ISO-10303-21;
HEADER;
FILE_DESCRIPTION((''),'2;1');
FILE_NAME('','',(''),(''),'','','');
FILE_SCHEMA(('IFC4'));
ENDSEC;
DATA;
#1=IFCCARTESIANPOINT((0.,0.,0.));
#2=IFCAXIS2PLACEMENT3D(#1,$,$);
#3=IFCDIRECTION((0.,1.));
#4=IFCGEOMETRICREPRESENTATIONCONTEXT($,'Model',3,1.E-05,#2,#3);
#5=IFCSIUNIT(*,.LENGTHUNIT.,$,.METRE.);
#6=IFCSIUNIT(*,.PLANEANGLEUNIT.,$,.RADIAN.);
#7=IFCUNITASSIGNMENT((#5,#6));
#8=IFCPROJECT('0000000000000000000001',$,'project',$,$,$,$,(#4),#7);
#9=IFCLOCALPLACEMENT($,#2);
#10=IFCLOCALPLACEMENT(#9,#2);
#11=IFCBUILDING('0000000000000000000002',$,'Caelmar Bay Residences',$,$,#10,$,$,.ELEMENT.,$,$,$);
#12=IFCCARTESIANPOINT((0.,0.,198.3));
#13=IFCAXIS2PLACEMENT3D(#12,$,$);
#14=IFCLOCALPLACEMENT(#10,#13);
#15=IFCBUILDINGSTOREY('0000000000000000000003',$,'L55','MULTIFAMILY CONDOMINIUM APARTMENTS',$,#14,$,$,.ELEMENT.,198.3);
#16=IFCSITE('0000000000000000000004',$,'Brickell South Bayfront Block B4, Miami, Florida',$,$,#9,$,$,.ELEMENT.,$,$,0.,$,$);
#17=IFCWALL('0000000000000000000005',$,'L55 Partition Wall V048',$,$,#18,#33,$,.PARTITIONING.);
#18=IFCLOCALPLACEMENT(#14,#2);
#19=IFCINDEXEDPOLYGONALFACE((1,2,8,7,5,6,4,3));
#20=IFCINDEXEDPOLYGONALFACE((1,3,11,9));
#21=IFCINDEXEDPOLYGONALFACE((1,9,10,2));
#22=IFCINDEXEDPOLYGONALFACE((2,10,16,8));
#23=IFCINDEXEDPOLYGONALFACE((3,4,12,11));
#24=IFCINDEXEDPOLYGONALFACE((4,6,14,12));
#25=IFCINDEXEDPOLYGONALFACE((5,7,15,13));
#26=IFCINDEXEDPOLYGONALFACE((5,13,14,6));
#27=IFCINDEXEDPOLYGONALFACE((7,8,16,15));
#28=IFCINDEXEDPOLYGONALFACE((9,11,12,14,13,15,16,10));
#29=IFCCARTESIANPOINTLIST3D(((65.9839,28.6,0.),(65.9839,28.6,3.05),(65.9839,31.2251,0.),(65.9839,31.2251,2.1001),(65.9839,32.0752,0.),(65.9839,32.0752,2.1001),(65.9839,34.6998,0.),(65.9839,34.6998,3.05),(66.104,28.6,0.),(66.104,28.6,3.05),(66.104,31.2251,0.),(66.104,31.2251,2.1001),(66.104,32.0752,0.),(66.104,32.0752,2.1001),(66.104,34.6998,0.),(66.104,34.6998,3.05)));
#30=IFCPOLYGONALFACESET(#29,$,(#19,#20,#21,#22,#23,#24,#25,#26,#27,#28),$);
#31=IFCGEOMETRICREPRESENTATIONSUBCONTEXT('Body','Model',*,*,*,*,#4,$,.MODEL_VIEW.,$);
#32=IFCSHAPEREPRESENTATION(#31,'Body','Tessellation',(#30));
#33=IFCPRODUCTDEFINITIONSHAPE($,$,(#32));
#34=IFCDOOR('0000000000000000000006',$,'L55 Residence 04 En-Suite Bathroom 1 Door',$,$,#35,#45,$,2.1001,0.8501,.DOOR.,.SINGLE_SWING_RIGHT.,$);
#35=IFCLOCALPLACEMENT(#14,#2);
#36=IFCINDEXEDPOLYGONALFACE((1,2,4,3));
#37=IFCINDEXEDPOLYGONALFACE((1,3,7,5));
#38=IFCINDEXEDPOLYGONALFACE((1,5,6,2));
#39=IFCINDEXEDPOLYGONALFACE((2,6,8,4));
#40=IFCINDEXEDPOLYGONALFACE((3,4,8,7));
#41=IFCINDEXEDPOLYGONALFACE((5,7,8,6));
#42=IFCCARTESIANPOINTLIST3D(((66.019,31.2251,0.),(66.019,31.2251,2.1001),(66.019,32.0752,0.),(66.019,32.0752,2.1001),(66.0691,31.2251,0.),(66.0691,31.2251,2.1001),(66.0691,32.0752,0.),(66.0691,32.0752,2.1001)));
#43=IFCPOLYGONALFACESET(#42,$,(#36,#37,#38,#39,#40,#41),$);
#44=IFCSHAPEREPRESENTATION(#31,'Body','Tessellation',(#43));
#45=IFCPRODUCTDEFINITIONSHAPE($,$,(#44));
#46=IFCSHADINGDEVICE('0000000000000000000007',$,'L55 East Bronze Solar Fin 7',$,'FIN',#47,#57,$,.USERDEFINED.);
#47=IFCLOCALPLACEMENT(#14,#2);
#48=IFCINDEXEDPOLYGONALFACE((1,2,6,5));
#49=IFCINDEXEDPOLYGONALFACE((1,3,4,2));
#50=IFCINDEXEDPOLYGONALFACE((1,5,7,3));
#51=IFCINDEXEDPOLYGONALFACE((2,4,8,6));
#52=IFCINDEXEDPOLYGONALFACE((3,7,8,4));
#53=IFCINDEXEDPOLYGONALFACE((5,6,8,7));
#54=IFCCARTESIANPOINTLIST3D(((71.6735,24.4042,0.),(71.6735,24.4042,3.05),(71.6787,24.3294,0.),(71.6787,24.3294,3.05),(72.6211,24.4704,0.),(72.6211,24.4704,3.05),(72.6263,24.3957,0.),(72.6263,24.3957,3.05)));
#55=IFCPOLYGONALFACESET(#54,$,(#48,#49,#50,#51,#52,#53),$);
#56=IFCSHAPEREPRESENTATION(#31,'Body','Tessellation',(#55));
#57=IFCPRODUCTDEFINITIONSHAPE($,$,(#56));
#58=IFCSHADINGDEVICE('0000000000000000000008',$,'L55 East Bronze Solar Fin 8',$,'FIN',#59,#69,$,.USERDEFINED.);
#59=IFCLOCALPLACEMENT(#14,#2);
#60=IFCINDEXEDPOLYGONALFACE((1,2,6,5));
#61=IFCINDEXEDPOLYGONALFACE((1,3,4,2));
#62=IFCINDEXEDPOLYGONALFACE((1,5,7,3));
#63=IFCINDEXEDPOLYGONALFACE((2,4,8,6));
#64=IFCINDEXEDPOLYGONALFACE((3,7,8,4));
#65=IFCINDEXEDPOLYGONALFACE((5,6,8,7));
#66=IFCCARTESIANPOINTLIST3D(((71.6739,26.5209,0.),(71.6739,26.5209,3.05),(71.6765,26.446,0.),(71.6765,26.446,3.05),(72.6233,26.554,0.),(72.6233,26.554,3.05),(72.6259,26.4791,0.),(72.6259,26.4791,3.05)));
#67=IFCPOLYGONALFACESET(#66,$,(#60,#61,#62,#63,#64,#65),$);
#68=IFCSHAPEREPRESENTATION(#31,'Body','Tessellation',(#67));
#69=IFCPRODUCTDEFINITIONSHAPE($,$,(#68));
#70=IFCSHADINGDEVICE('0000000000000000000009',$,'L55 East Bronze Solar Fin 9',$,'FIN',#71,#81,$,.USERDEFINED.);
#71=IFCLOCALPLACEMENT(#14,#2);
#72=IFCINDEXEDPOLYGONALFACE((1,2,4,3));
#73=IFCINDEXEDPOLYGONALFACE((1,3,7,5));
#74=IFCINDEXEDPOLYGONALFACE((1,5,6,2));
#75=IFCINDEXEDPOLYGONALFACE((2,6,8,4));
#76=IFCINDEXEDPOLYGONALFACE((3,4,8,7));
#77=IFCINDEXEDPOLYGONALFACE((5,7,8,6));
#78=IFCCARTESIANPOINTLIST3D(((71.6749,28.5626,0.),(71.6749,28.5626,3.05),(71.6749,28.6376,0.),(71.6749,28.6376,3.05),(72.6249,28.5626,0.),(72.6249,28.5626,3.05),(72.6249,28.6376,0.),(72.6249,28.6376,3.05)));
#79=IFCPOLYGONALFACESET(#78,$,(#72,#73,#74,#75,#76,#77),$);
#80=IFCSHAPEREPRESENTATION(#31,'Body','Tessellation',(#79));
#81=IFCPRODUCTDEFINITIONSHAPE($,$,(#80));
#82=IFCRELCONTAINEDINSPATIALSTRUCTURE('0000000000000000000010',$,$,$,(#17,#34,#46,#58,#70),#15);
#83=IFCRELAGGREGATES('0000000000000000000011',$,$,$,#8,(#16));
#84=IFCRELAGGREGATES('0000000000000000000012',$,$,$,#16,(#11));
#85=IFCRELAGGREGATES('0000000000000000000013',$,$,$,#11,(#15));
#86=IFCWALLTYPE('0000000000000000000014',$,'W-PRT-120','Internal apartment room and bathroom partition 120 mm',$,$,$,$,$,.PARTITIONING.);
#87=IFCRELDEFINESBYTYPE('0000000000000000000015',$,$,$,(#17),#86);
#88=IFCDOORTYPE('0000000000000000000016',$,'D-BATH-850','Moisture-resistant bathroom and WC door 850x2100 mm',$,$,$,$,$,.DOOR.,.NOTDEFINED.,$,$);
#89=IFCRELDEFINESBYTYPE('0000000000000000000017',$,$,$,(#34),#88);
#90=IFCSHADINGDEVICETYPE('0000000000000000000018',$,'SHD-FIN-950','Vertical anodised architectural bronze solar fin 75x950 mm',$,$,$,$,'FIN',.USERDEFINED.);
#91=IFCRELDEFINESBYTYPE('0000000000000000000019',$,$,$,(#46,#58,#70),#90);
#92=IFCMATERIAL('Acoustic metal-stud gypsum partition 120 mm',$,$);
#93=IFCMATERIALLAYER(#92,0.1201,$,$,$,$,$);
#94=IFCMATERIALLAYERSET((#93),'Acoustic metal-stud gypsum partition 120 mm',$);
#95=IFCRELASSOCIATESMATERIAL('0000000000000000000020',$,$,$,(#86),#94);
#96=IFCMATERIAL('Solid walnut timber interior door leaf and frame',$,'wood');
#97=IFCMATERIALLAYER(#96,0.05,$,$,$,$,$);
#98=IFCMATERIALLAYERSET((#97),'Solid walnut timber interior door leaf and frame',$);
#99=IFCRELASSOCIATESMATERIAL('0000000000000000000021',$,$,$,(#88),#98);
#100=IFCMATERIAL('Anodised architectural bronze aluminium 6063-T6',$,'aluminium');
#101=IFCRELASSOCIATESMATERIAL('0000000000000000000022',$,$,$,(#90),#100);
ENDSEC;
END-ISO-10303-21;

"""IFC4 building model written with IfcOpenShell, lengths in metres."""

from ifc_helpers import new_model, si_unit, direction, frame, frame_2d, origin, origin_2d, place, context, subcontext, project, spatial, rectangle, extrude, material, layer, layer_set, material_profile, profile_set, type_object, element, fill, save


model = new_model("IFC4")

# Units and contexts
model_context = context("Model", 3, precision=1e-05, world=origin(), true_north=direction((0.0, 1.0)))
body_context = subcontext(model_context, "Body", "Model", "MODEL_VIEW")
ifc_project = project(units=[si_unit("LENGTHUNIT", "METRE"), si_unit("PLANEANGLEUNIT", "RADIAN")], contexts=[model_context])

# Site, building, storey
site_placement = place(None, origin())
site = spatial("IfcSite", under=ifc_project, at=site_placement, Name="Brickell South Bayfront Block B4, Miami, Florida", CompositionType="ELEMENT", RefElevation=0.0)
building_placement = place(site_placement, origin())
building = spatial("IfcBuilding", under=site, at=building_placement, Name="Caelmar Bay Residences", CompositionType="ELEMENT")
storey_placement = place(building_placement, frame((0.0, 0.0, 198.3)))
storey = spatial("IfcBuildingStorey", under=building, at=storey_placement, Name="L55", Description="MULTIFAMILY CONDOMINIUM APARTMENTS", CompositionType="ELEMENT", Elevation=198.3)

# Wall, opening, door
ifc_material_1 = material(Name="Acoustic metal-stud gypsum partition 120 mm")
ifc_layer_1 = layer(ifc_material_1, 0.1201)
ifc_layer_set_1 = layer_set([ifc_layer_1], Name="Acoustic metal-stud gypsum partition 120 mm")
wall_type = type_object("IfcWallType", Name="W-PRT-120", Description="Internal apartment room and bathroom partition 120 mm", PredefinedType="PARTITIONING", material=ifc_layer_set_1)
wall_placement = place(storey_placement, frame((66.0439, 28.6001, 0.0), z_axis=(0.0, 0.0, 1.0), x_axis=(0.0, 1.0, 0.0)))
wall = element("IfcWall", 1, at=wall_placement, inside=storey, type_object=wall_type, Name="L55 Partition Wall V048", PredefinedType="PARTITIONING", context=body_context, shape_type="SweptSolid", body=[
    extrude(rectangle(XDim=6.0999, YDim=0.1201, at=frame_2d((3.0498, 0.0))), origin(), (0.0, 0.0, 1.0), 3.05),
])
opening_placement = place(wall_placement, frame((2.625, 0.0, 0.0)))
opening = element("IfcOpeningElement", 2, at=opening_placement, cuts=wall, PredefinedType="OPENING", context=body_context, shape_type="SweptSolid", body=[
    extrude(rectangle(XDim=0.8501, YDim=2.1001, at=frame_2d((0.425, 1.05))), frame((0.0, 0.0701, 0.0), z_axis=(0.0, -1.0, 0.0), x_axis=(1.0, 0.0, 0.0)), (0.0, 0.0, 1.0), 0.1401),
])
ifc_material_2 = material(Name="Solid walnut timber interior door leaf and frame", Category="wood")
ifc_layer_2 = layer(ifc_material_2, 0.05)
ifc_layer_set_2 = layer_set([ifc_layer_2], Name="Solid walnut timber interior door leaf and frame")
door_type = type_object("IfcDoorType", Name="D-BATH-850", Description="Moisture-resistant bathroom and WC door 850x2100 mm", OperationType="NOTDEFINED", PredefinedType="DOOR", material=ifc_layer_set_2)
door_placement = place(opening_placement, origin())
door = element("IfcDoor", 3, at=door_placement, inside=storey, type_object=door_type, Name="L55 Residence 04 En-Suite Bathroom 1 Door", OperationType="SINGLE_SWING_RIGHT", OverallHeight=2.1001, OverallWidth=0.8501, PredefinedType="DOOR", context=body_context, shape_type="SweptSolid", body=[
    extrude(rectangle(XDim=0.8501, YDim=2.1001, at=frame_2d((0.425, 1.05))), frame((0.0, 0.0249, 0.0), z_axis=(0.0, -1.0, 0.0), x_axis=(1.0, 0.0, 0.0)), (0.0, 0.0, 1.0), 0.05),
])
fill(opening, door)

# Shading devices
ifc_material_3 = material(Name="Anodised architectural bronze aluminium 6063-T6", Category="aluminium")
ifc_material_profile_1 = material_profile(ifc_material_3, rectangle(XDim=0.075, YDim=0.95, at=origin_2d()), Name="BRONZE-FIN-75X950")
ifc_profile_set_1 = profile_set([ifc_material_profile_1], Name="Anodised architectural bronze aluminium 6063-T6")
shading_device_type = type_object("IfcShadingDeviceType", Name="SHD-FIN-950", Description="Vertical anodised architectural bronze solar fin 75x950 mm", ElementType="FIN", PredefinedType="USERDEFINED", material=ifc_profile_set_1)
for number, where, z_axis, x_axis, name in (
    (4, (72.1499, 24.3999, 0.0), (0.0, 0.0, 1.0), (-0.069756, 0.997564, 0.0), "L55 East Bronze Solar Fin 7"),
    (5, (72.1499, 26.5, 0.0), (0.0, 0.0, 1.0), (-0.034899, 0.999391, 0.0), "L55 East Bronze Solar Fin 8"),
    (6, (72.1499, 28.6001, 0.0), (0.0, 0.0, 1.0), (0.0, 1.0, 0.0), "L55 East Bronze Solar Fin 9"),
):
    element("IfcShadingDevice", number, at=place(storey_placement, frame(where, z_axis=z_axis, x_axis=x_axis)), inside=storey, type_object=shading_device_type, Name=name, ObjectType="FIN", PredefinedType="USERDEFINED", context=body_context, shape_type="SweptSolid", body=[
        extrude(rectangle(XDim=0.075, YDim=0.95, at=origin_2d()), origin(), (0.0, 0.0, 1.0), 3.05),
    ])

save(model, "model.ifc")
